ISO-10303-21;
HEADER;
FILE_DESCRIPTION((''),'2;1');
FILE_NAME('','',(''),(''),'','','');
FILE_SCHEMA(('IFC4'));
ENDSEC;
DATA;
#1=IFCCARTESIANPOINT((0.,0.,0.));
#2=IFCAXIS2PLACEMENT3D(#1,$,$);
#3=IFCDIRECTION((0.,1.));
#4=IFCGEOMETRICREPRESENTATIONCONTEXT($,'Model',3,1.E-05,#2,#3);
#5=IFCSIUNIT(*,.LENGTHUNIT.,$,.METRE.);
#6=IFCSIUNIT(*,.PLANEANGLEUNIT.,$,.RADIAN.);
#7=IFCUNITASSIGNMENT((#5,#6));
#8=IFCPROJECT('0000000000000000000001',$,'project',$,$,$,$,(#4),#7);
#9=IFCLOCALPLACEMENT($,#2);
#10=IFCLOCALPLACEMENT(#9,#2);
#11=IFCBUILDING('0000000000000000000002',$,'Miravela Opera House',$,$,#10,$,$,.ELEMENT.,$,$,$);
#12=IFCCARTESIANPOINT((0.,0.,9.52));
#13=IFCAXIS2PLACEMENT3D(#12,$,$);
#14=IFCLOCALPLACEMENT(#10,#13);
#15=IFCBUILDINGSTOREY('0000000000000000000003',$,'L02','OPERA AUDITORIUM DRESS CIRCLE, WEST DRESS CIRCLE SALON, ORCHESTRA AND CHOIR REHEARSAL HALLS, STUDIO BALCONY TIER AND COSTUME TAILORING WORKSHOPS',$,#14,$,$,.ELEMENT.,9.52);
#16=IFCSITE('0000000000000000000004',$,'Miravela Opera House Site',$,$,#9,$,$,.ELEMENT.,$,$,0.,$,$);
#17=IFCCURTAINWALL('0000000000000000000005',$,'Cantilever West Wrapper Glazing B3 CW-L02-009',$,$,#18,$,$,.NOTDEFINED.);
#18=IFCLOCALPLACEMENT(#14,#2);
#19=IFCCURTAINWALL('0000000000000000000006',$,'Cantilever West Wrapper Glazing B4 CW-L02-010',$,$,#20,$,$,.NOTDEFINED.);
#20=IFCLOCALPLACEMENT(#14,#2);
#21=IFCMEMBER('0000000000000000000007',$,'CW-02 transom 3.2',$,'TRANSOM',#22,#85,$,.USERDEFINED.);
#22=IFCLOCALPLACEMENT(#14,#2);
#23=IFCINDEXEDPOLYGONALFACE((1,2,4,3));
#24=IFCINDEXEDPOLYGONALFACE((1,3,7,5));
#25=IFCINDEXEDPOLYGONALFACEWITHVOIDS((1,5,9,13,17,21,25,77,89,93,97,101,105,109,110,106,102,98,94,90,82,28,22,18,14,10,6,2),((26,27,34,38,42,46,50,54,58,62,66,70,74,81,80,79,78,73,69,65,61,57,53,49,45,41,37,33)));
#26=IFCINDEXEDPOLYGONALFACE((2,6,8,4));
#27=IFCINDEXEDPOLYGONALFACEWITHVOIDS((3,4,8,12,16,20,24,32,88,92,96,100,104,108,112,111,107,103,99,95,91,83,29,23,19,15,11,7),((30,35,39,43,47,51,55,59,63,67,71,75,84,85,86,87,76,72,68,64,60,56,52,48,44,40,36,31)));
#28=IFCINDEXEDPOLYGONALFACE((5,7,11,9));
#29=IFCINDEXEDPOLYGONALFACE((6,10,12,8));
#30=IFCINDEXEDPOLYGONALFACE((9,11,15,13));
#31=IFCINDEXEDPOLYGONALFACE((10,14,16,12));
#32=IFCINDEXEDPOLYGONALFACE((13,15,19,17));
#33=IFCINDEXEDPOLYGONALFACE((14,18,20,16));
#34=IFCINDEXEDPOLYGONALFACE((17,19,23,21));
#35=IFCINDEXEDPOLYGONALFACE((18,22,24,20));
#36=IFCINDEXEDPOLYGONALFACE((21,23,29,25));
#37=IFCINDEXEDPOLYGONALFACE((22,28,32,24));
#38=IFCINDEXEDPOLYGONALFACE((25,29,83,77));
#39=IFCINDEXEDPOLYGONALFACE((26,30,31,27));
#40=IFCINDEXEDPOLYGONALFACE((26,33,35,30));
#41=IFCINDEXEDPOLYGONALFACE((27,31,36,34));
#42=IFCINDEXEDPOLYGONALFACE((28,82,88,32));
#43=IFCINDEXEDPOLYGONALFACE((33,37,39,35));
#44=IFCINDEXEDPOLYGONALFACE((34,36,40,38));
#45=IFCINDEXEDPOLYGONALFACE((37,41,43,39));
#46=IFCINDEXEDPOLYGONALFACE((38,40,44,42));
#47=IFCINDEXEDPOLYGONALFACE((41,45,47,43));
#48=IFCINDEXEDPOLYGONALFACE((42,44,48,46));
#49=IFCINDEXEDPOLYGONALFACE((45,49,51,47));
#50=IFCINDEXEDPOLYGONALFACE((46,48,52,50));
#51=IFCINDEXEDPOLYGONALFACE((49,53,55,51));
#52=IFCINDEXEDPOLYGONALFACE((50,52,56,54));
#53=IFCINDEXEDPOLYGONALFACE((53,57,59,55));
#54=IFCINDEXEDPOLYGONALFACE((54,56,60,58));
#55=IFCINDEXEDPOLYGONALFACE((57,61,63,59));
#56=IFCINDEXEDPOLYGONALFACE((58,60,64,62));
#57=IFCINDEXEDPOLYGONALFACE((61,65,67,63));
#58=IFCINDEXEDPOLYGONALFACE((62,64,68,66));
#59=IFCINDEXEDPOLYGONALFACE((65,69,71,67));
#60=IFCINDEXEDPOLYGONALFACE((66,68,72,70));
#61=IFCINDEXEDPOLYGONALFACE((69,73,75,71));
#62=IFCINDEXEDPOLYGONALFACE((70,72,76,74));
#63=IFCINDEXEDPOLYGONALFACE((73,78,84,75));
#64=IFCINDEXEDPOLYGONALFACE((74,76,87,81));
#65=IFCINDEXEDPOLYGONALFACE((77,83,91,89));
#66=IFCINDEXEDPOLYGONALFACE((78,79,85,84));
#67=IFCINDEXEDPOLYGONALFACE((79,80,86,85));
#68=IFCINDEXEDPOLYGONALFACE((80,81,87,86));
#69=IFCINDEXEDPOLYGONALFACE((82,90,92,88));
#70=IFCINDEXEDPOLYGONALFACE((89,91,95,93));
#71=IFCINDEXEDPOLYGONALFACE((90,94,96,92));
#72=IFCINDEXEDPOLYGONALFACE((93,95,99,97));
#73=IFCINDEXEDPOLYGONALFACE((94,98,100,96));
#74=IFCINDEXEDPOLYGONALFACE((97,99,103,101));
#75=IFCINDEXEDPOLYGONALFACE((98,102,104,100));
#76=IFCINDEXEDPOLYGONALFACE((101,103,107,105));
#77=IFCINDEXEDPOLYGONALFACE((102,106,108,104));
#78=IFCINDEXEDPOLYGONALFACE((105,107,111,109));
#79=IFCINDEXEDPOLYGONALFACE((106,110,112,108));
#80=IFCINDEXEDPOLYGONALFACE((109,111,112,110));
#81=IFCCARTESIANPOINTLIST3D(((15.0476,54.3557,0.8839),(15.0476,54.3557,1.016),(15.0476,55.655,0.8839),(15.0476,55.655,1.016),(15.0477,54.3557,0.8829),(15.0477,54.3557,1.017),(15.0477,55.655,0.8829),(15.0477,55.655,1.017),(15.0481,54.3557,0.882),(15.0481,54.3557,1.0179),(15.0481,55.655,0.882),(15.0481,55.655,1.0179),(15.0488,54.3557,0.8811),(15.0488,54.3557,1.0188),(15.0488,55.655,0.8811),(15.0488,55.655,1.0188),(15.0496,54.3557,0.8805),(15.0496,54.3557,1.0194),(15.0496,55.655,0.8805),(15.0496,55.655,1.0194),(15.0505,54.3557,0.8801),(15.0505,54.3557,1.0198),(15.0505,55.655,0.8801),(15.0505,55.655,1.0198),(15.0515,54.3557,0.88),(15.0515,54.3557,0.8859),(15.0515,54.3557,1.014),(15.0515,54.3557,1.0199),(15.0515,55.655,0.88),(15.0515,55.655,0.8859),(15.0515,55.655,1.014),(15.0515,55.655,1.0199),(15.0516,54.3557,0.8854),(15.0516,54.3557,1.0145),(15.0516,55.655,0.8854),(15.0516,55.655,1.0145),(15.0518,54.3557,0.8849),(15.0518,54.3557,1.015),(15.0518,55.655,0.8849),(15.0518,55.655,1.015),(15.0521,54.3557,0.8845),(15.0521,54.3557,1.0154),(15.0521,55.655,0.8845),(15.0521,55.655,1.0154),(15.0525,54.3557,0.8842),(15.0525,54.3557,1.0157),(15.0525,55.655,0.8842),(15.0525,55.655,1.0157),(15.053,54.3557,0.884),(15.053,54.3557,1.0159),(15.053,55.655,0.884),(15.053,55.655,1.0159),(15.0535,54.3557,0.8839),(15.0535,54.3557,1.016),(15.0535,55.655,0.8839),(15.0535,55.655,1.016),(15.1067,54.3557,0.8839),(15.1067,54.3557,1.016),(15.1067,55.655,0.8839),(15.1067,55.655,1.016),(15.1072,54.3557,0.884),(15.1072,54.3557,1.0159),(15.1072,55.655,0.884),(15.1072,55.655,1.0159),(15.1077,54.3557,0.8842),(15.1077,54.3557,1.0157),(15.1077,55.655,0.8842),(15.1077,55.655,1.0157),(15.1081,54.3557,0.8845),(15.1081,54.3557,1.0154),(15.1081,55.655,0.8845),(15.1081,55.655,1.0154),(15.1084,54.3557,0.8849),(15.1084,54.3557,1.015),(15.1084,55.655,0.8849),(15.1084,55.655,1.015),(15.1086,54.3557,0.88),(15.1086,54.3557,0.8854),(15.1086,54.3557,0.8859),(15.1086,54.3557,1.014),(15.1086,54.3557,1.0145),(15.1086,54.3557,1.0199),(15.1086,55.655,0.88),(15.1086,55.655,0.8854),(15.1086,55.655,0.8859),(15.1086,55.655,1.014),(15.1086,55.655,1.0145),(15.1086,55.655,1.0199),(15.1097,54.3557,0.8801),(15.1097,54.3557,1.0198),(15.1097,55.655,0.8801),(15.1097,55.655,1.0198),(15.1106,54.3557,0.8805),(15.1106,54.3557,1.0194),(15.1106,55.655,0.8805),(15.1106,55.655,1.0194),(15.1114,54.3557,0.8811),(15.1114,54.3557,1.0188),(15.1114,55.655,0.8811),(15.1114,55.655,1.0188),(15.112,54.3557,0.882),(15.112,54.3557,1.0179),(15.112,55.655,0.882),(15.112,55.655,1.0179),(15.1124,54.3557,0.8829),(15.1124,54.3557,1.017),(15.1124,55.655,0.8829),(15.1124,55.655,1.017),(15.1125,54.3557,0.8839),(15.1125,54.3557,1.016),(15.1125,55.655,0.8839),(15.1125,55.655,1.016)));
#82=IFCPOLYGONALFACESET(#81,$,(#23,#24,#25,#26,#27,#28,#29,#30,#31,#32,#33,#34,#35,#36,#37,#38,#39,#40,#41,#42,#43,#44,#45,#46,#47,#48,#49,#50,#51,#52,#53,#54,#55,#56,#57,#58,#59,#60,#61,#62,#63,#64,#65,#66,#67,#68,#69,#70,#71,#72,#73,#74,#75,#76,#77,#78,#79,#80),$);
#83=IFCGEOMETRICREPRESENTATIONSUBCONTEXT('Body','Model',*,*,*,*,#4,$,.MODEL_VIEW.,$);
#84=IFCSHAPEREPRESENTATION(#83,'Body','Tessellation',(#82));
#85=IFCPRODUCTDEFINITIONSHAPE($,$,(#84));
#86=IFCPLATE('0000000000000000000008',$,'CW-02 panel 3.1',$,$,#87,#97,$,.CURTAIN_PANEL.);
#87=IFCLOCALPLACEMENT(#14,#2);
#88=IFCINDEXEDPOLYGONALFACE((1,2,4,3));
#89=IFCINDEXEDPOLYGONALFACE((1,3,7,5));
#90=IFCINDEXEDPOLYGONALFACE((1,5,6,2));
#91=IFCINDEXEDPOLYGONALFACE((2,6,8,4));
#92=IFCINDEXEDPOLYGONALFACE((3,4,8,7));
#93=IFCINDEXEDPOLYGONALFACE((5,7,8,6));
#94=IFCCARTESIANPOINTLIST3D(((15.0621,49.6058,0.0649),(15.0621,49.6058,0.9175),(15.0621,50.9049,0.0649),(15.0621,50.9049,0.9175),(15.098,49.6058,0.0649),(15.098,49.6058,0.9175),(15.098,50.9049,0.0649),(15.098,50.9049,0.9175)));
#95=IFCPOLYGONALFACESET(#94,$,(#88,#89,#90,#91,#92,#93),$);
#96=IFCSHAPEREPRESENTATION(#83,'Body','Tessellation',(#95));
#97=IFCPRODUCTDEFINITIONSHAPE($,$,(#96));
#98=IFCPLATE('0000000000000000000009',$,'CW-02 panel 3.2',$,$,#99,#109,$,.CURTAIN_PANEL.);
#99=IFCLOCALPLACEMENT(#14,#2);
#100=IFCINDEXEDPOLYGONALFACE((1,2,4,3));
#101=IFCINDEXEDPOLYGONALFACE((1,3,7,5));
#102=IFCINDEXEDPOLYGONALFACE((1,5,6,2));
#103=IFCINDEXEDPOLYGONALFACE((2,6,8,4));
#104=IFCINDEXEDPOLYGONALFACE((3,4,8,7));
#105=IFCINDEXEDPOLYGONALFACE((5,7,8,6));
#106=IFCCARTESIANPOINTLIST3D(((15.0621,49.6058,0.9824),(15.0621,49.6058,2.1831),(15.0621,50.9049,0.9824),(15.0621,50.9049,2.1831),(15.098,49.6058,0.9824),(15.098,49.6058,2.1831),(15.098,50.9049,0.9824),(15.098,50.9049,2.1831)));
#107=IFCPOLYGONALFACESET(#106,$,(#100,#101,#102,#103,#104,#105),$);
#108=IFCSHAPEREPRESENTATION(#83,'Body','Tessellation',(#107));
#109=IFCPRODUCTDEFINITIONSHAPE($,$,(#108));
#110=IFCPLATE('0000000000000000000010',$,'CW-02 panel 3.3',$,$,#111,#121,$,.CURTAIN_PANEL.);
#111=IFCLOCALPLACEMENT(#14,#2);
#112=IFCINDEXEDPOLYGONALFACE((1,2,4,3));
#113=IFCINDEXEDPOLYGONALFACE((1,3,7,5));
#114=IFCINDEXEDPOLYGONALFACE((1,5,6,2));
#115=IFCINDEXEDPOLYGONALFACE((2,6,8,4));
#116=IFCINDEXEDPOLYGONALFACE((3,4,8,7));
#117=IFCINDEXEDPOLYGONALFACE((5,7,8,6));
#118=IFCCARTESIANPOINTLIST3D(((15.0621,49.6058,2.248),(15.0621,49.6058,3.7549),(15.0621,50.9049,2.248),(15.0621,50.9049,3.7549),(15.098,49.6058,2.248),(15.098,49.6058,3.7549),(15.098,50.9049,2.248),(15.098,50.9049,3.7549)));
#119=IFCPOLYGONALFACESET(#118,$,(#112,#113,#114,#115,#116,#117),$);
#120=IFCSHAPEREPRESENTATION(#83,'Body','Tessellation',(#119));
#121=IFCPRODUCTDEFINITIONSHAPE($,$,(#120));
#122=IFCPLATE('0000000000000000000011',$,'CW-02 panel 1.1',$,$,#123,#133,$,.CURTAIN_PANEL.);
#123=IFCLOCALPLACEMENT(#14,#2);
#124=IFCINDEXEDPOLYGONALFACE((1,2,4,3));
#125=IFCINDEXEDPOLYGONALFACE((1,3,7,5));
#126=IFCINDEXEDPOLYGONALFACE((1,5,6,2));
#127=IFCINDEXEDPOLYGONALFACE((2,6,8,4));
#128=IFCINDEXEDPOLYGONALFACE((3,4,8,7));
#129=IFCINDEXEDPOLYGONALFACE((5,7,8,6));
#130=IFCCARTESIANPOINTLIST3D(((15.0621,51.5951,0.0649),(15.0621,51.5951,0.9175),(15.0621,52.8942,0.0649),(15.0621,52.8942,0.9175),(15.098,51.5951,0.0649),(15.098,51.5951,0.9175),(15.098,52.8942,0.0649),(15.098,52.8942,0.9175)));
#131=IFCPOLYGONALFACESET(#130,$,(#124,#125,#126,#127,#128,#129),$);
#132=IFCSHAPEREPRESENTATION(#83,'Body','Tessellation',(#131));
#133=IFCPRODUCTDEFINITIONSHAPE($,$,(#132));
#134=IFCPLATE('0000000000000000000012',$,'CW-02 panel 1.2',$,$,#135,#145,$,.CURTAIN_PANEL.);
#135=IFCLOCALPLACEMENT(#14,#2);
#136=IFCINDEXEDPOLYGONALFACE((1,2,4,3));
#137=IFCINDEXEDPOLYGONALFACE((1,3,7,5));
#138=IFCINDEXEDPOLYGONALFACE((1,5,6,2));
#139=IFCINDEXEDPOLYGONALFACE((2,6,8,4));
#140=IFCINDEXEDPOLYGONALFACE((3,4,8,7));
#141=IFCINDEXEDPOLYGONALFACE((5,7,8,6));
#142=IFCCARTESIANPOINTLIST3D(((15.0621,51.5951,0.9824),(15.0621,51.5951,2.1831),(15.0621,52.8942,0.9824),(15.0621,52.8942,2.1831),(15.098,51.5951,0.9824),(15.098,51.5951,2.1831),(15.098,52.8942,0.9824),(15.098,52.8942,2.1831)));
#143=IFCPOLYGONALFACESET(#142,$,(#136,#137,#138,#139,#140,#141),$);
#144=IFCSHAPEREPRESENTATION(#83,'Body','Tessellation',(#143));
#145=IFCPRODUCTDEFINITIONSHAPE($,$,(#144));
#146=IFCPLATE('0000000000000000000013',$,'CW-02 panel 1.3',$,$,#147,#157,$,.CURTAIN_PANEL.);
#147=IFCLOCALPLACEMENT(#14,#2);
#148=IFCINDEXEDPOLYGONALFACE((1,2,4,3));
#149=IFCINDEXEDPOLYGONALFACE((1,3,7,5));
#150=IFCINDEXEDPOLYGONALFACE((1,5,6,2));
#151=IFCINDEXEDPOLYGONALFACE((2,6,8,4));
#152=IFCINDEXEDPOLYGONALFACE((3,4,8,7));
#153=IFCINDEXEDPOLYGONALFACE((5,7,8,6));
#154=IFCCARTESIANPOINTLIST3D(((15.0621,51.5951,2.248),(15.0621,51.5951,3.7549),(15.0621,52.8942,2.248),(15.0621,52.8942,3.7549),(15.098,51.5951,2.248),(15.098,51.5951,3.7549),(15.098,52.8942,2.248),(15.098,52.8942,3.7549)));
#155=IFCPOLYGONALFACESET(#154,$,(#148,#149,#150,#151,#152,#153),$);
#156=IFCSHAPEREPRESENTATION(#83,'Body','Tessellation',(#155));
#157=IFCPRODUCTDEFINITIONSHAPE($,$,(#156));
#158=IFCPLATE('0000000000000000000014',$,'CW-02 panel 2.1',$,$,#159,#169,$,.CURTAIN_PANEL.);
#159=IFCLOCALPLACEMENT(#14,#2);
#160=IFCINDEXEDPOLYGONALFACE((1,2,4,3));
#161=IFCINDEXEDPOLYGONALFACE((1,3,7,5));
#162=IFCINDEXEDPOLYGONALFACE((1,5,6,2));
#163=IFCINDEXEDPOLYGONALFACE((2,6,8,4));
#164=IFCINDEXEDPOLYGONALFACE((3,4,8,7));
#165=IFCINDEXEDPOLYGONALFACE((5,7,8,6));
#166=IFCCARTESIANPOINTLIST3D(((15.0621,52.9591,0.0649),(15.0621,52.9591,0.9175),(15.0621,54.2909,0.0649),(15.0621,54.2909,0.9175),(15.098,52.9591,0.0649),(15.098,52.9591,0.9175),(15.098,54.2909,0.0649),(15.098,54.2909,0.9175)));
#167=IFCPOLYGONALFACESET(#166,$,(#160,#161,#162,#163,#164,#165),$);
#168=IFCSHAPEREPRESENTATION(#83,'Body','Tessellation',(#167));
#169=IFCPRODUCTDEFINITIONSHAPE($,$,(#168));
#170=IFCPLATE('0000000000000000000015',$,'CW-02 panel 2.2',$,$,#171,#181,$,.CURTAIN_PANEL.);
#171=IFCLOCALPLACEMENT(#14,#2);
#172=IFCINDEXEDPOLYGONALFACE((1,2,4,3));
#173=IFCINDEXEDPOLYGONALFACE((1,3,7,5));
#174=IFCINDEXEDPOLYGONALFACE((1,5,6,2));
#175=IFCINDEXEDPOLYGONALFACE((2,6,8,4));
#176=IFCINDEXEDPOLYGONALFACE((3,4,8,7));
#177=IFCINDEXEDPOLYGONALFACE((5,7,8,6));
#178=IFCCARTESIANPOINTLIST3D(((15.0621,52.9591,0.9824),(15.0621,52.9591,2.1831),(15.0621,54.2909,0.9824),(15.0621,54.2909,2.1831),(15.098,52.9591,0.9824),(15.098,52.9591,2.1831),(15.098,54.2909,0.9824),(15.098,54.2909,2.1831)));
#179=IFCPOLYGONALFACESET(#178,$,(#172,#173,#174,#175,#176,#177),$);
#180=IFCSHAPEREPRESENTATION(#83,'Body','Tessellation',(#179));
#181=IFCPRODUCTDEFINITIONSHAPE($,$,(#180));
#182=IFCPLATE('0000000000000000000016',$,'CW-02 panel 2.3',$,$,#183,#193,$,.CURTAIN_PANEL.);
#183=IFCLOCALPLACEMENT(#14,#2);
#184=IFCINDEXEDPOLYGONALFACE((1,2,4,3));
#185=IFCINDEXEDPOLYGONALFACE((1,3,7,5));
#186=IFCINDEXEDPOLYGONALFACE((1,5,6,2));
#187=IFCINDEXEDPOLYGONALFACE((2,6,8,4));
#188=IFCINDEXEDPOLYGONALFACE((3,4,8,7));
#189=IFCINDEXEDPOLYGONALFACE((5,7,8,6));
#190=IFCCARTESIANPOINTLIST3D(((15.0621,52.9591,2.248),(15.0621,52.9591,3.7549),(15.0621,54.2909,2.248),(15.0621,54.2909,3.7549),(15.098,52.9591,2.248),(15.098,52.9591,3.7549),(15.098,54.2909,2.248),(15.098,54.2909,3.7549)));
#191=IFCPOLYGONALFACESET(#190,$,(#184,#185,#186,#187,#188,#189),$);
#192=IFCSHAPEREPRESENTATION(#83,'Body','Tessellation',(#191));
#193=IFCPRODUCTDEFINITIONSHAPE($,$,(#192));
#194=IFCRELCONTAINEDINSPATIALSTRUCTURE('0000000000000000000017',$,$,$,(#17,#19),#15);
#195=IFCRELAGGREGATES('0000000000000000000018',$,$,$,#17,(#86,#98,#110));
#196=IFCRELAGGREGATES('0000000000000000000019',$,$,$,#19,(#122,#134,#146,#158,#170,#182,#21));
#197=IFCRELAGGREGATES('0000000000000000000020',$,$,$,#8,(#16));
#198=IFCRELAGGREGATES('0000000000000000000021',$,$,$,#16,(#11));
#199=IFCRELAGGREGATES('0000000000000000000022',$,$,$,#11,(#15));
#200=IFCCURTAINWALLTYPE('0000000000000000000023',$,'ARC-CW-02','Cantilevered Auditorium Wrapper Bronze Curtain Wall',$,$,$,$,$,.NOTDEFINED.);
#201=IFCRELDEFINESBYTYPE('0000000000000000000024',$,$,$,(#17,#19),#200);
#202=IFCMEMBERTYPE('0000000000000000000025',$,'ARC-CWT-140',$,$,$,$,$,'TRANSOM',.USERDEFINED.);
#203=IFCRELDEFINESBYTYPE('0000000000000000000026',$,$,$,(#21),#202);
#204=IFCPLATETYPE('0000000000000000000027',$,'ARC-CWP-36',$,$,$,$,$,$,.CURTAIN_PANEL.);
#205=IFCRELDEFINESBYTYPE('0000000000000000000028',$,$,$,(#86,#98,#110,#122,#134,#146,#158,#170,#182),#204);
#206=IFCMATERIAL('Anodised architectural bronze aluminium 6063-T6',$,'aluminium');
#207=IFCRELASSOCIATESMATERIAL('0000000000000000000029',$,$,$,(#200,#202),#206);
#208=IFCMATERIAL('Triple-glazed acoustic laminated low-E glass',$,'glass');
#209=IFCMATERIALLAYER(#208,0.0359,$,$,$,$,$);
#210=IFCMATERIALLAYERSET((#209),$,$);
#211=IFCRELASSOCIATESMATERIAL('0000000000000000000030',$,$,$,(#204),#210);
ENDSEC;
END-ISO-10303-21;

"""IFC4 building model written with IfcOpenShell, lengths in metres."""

from ifc_helpers import new_model, si_unit, direction, frame, origin, origin_2d, place, context, subcontext, project, spatial, rectangle, hollow_rectangle, extrude, material, layer, layer_set, material_profile, profile_set, type_object, element, aggregate, save


model = new_model("IFC4")

# Units and contexts
model_context = context("Model", 3, precision=1e-05, world=origin(), true_north=direction((0.0, 1.0)))
body_context = subcontext(model_context, "Body", "Model", "MODEL_VIEW")
ifc_project = project(units=[si_unit("LENGTHUNIT", "METRE"), si_unit("PLANEANGLEUNIT", "RADIAN")], contexts=[model_context])

# Site, building, storey
site_placement = place(None, origin())
site = spatial("IfcSite", under=ifc_project, at=site_placement, Name="Miravela Opera House Site", CompositionType="ELEMENT", RefElevation=0.0)
building_placement = place(site_placement, origin())
building = spatial("IfcBuilding", under=site, at=building_placement, Name="Miravela Opera House", CompositionType="ELEMENT")
storey_placement = place(building_placement, frame((0.0, 0.0, 9.52)))
storey = spatial("IfcBuildingStorey", under=building, at=storey_placement, Name="L02", Description="OPERA AUDITORIUM DRESS CIRCLE, WEST DRESS CIRCLE SALON, ORCHESTRA AND CHOIR REHEARSAL HALLS, STUDIO BALCONY TIER AND COSTUME TAILORING WORKSHOPS", CompositionType="ELEMENT", Elevation=9.52)

# Curtain wall
ifc_material_1 = material(Name="Anodised architectural bronze aluminium 6063-T6", Category="aluminium")
curtain_wall_type = type_object("IfcCurtainWallType", Name="ARC-CW-02", Description="Cantilevered Auditorium Wrapper Bronze Curtain Wall", PredefinedType="NOTDEFINED", material=ifc_material_1)
curtain_wall_1_placement = place(storey_placement, origin())
curtain_wall_1 = element("IfcCurtainWall", 1, at=curtain_wall_1_placement, inside=storey, type_object=curtain_wall_type, Name="Cantilever West Wrapper Glazing B3 CW-L02-009", PredefinedType="NOTDEFINED")

# Curtain wall
curtain_wall_2_placement = place(storey_placement, origin())
curtain_wall_2 = element("IfcCurtainWall", 2, at=curtain_wall_2_placement, inside=storey, type_object=curtain_wall_type, Name="Cantilever West Wrapper Glazing B4 CW-L02-010", PredefinedType="NOTDEFINED")

# Member
ifc_material_profile_1 = material_profile(ifc_material_1, hollow_rectangle(XDim=0.0649, YDim=0.1399, WallThickness=0.0039, InnerFilletRadius=0.002, OuterFilletRadius=0.0039, at=origin_2d()), Name="CWT-65X140")
ifc_profile_set_1 = profile_set([ifc_material_profile_1])
member_type_1 = type_object("IfcMemberType", Name="ARC-CWT-140", ElementType="TRANSOM", PredefinedType="USERDEFINED", material=ifc_profile_set_1)
member_1_placement = place(storey_placement, frame((15.0801, 54.3557, 0.95), z_axis=(0.0, 1.0, 0.0), x_axis=(-1.0, 0.0, 0.0)))
member_1 = element("IfcMember", 3, at=member_1_placement, type_object=member_type_1, Name="CW-02 transom 3.2", ObjectType="TRANSOM", PredefinedType="USERDEFINED", context=body_context, shape_type="SweptSolid", body=[
    extrude(hollow_rectangle(XDim=0.0649, YDim=0.1399, WallThickness=0.0039, InnerFilletRadius=0.002, OuterFilletRadius=0.0039, at=origin_2d()), origin(), (0.0, 0.0, 1.0), 1.2993),
])

# Plates
ifc_material_2 = material(Name="Triple-glazed acoustic laminated low-E glass", Category="glass")
ifc_layer = layer(ifc_material_2, 0.0359)
ifc_layer_set = layer_set([ifc_layer])
plate_type = type_object("IfcPlateType", Name="ARC-CWP-36", PredefinedType="CURTAIN_PANEL", material=ifc_layer_set)
plate_1_placement = place(storey_placement, frame((15.0801, 50.2554, 0.0649), z_axis=(0.0, 0.0, 1.0), x_axis=(0.0, 1.0, 0.0)))
plate_1 = element("IfcPlate", 4, at=plate_1_placement, type_object=plate_type, Name="CW-02 panel 3.1", PredefinedType="CURTAIN_PANEL", context=body_context, shape_type="SweptSolid", body=[
    extrude(rectangle(XDim=1.2991, YDim=0.0359, at=origin_2d()), origin(), (0.0, 0.0, 1.0), 0.8525),
])
plate_2_placement = place(storey_placement, frame((15.0801, 50.2554, 0.9824), z_axis=(0.0, 0.0, 1.0), x_axis=(0.0, 1.0, 0.0)))
plate_2 = element("IfcPlate", 5, at=plate_2_placement, type_object=plate_type, Name="CW-02 panel 3.2", PredefinedType="CURTAIN_PANEL", context=body_context, shape_type="SweptSolid", body=[
    extrude(rectangle(XDim=1.2991, YDim=0.0359, at=origin_2d()), origin(), (0.0, 0.0, 1.0), 1.2007),
])
plate_3_placement = place(storey_placement, frame((15.0801, 50.2554, 2.248), z_axis=(0.0, 0.0, 1.0), x_axis=(0.0, 1.0, 0.0)))
plate_3 = element("IfcPlate", 6, at=plate_3_placement, type_object=plate_type, Name="CW-02 panel 3.3", PredefinedType="CURTAIN_PANEL", context=body_context, shape_type="SweptSolid", body=[
    extrude(rectangle(XDim=1.2991, YDim=0.0359, at=origin_2d()), origin(), (0.0, 0.0, 1.0), 1.5068),
])
aggregate(curtain_wall_1, [plate_1, plate_2, plate_3])
plate_4_placement = place(storey_placement, frame((15.0801, 52.2446, 0.0649), z_axis=(0.0, 0.0, 1.0), x_axis=(0.0, 1.0, 0.0)))
plate_4 = element("IfcPlate", 7, at=plate_4_placement, type_object=plate_type, Name="CW-02 panel 1.1", PredefinedType="CURTAIN_PANEL", context=body_context, shape_type="SweptSolid", body=[
    extrude(rectangle(XDim=1.2991, YDim=0.0359, at=origin_2d()), origin(), (0.0, 0.0, 1.0), 0.8525),
])
plate_5_placement = place(storey_placement, frame((15.0801, 52.2446, 0.9824), z_axis=(0.0, 0.0, 1.0), x_axis=(0.0, 1.0, 0.0)))
plate_5 = element("IfcPlate", 8, at=plate_5_placement, type_object=plate_type, Name="CW-02 panel 1.2", PredefinedType="CURTAIN_PANEL", context=body_context, shape_type="SweptSolid", body=[
    extrude(rectangle(XDim=1.2991, YDim=0.0359, at=origin_2d()), origin(), (0.0, 0.0, 1.0), 1.2007),
])
plate_6_placement = place(storey_placement, frame((15.0801, 52.2446, 2.248), z_axis=(0.0, 0.0, 1.0), x_axis=(0.0, 1.0, 0.0)))
plate_6 = element("IfcPlate", 9, at=plate_6_placement, type_object=plate_type, Name="CW-02 panel 1.3", PredefinedType="CURTAIN_PANEL", context=body_context, shape_type="SweptSolid", body=[
    extrude(rectangle(XDim=1.2991, YDim=0.0359, at=origin_2d()), origin(), (0.0, 0.0, 1.0), 1.5068),
])
plate_7_placement = place(storey_placement, frame((15.0801, 53.625, 0.0649), z_axis=(0.0, 0.0, 1.0), x_axis=(0.0, 1.0, 0.0)))
plate_7 = element("IfcPlate", 10, at=plate_7_placement, type_object=plate_type, Name="CW-02 panel 2.1", PredefinedType="CURTAIN_PANEL", context=body_context, shape_type="SweptSolid", body=[
    extrude(rectangle(XDim=1.3318, YDim=0.0359, at=origin_2d()), origin(), (0.0, 0.0, 1.0), 0.8525),
])
plate_8_placement = place(storey_placement, frame((15.0801, 53.625, 0.9824), z_axis=(0.0, 0.0, 1.0), x_axis=(0.0, 1.0, 0.0)))
plate_8 = element("IfcPlate", 11, at=plate_8_placement, type_object=plate_type, Name="CW-02 panel 2.2", PredefinedType="CURTAIN_PANEL", context=body_context, shape_type="SweptSolid", body=[
    extrude(rectangle(XDim=1.3318, YDim=0.0359, at=origin_2d()), origin(), (0.0, 0.0, 1.0), 1.2007),
])
plate_9_placement = place(storey_placement, frame((15.0801, 53.625, 2.248), z_axis=(0.0, 0.0, 1.0), x_axis=(0.0, 1.0, 0.0)))
plate_9 = element("IfcPlate", 12, at=plate_9_placement, type_object=plate_type, Name="CW-02 panel 2.3", PredefinedType="CURTAIN_PANEL", context=body_context, shape_type="SweptSolid", body=[
    extrude(rectangle(XDim=1.3318, YDim=0.0359, at=origin_2d()), origin(), (0.0, 0.0, 1.0), 1.5068),
])
aggregate(curtain_wall_2, [plate_4, plate_5, plate_6, plate_7, plate_8, plate_9, member_1])

save(model, "model.ifc")
